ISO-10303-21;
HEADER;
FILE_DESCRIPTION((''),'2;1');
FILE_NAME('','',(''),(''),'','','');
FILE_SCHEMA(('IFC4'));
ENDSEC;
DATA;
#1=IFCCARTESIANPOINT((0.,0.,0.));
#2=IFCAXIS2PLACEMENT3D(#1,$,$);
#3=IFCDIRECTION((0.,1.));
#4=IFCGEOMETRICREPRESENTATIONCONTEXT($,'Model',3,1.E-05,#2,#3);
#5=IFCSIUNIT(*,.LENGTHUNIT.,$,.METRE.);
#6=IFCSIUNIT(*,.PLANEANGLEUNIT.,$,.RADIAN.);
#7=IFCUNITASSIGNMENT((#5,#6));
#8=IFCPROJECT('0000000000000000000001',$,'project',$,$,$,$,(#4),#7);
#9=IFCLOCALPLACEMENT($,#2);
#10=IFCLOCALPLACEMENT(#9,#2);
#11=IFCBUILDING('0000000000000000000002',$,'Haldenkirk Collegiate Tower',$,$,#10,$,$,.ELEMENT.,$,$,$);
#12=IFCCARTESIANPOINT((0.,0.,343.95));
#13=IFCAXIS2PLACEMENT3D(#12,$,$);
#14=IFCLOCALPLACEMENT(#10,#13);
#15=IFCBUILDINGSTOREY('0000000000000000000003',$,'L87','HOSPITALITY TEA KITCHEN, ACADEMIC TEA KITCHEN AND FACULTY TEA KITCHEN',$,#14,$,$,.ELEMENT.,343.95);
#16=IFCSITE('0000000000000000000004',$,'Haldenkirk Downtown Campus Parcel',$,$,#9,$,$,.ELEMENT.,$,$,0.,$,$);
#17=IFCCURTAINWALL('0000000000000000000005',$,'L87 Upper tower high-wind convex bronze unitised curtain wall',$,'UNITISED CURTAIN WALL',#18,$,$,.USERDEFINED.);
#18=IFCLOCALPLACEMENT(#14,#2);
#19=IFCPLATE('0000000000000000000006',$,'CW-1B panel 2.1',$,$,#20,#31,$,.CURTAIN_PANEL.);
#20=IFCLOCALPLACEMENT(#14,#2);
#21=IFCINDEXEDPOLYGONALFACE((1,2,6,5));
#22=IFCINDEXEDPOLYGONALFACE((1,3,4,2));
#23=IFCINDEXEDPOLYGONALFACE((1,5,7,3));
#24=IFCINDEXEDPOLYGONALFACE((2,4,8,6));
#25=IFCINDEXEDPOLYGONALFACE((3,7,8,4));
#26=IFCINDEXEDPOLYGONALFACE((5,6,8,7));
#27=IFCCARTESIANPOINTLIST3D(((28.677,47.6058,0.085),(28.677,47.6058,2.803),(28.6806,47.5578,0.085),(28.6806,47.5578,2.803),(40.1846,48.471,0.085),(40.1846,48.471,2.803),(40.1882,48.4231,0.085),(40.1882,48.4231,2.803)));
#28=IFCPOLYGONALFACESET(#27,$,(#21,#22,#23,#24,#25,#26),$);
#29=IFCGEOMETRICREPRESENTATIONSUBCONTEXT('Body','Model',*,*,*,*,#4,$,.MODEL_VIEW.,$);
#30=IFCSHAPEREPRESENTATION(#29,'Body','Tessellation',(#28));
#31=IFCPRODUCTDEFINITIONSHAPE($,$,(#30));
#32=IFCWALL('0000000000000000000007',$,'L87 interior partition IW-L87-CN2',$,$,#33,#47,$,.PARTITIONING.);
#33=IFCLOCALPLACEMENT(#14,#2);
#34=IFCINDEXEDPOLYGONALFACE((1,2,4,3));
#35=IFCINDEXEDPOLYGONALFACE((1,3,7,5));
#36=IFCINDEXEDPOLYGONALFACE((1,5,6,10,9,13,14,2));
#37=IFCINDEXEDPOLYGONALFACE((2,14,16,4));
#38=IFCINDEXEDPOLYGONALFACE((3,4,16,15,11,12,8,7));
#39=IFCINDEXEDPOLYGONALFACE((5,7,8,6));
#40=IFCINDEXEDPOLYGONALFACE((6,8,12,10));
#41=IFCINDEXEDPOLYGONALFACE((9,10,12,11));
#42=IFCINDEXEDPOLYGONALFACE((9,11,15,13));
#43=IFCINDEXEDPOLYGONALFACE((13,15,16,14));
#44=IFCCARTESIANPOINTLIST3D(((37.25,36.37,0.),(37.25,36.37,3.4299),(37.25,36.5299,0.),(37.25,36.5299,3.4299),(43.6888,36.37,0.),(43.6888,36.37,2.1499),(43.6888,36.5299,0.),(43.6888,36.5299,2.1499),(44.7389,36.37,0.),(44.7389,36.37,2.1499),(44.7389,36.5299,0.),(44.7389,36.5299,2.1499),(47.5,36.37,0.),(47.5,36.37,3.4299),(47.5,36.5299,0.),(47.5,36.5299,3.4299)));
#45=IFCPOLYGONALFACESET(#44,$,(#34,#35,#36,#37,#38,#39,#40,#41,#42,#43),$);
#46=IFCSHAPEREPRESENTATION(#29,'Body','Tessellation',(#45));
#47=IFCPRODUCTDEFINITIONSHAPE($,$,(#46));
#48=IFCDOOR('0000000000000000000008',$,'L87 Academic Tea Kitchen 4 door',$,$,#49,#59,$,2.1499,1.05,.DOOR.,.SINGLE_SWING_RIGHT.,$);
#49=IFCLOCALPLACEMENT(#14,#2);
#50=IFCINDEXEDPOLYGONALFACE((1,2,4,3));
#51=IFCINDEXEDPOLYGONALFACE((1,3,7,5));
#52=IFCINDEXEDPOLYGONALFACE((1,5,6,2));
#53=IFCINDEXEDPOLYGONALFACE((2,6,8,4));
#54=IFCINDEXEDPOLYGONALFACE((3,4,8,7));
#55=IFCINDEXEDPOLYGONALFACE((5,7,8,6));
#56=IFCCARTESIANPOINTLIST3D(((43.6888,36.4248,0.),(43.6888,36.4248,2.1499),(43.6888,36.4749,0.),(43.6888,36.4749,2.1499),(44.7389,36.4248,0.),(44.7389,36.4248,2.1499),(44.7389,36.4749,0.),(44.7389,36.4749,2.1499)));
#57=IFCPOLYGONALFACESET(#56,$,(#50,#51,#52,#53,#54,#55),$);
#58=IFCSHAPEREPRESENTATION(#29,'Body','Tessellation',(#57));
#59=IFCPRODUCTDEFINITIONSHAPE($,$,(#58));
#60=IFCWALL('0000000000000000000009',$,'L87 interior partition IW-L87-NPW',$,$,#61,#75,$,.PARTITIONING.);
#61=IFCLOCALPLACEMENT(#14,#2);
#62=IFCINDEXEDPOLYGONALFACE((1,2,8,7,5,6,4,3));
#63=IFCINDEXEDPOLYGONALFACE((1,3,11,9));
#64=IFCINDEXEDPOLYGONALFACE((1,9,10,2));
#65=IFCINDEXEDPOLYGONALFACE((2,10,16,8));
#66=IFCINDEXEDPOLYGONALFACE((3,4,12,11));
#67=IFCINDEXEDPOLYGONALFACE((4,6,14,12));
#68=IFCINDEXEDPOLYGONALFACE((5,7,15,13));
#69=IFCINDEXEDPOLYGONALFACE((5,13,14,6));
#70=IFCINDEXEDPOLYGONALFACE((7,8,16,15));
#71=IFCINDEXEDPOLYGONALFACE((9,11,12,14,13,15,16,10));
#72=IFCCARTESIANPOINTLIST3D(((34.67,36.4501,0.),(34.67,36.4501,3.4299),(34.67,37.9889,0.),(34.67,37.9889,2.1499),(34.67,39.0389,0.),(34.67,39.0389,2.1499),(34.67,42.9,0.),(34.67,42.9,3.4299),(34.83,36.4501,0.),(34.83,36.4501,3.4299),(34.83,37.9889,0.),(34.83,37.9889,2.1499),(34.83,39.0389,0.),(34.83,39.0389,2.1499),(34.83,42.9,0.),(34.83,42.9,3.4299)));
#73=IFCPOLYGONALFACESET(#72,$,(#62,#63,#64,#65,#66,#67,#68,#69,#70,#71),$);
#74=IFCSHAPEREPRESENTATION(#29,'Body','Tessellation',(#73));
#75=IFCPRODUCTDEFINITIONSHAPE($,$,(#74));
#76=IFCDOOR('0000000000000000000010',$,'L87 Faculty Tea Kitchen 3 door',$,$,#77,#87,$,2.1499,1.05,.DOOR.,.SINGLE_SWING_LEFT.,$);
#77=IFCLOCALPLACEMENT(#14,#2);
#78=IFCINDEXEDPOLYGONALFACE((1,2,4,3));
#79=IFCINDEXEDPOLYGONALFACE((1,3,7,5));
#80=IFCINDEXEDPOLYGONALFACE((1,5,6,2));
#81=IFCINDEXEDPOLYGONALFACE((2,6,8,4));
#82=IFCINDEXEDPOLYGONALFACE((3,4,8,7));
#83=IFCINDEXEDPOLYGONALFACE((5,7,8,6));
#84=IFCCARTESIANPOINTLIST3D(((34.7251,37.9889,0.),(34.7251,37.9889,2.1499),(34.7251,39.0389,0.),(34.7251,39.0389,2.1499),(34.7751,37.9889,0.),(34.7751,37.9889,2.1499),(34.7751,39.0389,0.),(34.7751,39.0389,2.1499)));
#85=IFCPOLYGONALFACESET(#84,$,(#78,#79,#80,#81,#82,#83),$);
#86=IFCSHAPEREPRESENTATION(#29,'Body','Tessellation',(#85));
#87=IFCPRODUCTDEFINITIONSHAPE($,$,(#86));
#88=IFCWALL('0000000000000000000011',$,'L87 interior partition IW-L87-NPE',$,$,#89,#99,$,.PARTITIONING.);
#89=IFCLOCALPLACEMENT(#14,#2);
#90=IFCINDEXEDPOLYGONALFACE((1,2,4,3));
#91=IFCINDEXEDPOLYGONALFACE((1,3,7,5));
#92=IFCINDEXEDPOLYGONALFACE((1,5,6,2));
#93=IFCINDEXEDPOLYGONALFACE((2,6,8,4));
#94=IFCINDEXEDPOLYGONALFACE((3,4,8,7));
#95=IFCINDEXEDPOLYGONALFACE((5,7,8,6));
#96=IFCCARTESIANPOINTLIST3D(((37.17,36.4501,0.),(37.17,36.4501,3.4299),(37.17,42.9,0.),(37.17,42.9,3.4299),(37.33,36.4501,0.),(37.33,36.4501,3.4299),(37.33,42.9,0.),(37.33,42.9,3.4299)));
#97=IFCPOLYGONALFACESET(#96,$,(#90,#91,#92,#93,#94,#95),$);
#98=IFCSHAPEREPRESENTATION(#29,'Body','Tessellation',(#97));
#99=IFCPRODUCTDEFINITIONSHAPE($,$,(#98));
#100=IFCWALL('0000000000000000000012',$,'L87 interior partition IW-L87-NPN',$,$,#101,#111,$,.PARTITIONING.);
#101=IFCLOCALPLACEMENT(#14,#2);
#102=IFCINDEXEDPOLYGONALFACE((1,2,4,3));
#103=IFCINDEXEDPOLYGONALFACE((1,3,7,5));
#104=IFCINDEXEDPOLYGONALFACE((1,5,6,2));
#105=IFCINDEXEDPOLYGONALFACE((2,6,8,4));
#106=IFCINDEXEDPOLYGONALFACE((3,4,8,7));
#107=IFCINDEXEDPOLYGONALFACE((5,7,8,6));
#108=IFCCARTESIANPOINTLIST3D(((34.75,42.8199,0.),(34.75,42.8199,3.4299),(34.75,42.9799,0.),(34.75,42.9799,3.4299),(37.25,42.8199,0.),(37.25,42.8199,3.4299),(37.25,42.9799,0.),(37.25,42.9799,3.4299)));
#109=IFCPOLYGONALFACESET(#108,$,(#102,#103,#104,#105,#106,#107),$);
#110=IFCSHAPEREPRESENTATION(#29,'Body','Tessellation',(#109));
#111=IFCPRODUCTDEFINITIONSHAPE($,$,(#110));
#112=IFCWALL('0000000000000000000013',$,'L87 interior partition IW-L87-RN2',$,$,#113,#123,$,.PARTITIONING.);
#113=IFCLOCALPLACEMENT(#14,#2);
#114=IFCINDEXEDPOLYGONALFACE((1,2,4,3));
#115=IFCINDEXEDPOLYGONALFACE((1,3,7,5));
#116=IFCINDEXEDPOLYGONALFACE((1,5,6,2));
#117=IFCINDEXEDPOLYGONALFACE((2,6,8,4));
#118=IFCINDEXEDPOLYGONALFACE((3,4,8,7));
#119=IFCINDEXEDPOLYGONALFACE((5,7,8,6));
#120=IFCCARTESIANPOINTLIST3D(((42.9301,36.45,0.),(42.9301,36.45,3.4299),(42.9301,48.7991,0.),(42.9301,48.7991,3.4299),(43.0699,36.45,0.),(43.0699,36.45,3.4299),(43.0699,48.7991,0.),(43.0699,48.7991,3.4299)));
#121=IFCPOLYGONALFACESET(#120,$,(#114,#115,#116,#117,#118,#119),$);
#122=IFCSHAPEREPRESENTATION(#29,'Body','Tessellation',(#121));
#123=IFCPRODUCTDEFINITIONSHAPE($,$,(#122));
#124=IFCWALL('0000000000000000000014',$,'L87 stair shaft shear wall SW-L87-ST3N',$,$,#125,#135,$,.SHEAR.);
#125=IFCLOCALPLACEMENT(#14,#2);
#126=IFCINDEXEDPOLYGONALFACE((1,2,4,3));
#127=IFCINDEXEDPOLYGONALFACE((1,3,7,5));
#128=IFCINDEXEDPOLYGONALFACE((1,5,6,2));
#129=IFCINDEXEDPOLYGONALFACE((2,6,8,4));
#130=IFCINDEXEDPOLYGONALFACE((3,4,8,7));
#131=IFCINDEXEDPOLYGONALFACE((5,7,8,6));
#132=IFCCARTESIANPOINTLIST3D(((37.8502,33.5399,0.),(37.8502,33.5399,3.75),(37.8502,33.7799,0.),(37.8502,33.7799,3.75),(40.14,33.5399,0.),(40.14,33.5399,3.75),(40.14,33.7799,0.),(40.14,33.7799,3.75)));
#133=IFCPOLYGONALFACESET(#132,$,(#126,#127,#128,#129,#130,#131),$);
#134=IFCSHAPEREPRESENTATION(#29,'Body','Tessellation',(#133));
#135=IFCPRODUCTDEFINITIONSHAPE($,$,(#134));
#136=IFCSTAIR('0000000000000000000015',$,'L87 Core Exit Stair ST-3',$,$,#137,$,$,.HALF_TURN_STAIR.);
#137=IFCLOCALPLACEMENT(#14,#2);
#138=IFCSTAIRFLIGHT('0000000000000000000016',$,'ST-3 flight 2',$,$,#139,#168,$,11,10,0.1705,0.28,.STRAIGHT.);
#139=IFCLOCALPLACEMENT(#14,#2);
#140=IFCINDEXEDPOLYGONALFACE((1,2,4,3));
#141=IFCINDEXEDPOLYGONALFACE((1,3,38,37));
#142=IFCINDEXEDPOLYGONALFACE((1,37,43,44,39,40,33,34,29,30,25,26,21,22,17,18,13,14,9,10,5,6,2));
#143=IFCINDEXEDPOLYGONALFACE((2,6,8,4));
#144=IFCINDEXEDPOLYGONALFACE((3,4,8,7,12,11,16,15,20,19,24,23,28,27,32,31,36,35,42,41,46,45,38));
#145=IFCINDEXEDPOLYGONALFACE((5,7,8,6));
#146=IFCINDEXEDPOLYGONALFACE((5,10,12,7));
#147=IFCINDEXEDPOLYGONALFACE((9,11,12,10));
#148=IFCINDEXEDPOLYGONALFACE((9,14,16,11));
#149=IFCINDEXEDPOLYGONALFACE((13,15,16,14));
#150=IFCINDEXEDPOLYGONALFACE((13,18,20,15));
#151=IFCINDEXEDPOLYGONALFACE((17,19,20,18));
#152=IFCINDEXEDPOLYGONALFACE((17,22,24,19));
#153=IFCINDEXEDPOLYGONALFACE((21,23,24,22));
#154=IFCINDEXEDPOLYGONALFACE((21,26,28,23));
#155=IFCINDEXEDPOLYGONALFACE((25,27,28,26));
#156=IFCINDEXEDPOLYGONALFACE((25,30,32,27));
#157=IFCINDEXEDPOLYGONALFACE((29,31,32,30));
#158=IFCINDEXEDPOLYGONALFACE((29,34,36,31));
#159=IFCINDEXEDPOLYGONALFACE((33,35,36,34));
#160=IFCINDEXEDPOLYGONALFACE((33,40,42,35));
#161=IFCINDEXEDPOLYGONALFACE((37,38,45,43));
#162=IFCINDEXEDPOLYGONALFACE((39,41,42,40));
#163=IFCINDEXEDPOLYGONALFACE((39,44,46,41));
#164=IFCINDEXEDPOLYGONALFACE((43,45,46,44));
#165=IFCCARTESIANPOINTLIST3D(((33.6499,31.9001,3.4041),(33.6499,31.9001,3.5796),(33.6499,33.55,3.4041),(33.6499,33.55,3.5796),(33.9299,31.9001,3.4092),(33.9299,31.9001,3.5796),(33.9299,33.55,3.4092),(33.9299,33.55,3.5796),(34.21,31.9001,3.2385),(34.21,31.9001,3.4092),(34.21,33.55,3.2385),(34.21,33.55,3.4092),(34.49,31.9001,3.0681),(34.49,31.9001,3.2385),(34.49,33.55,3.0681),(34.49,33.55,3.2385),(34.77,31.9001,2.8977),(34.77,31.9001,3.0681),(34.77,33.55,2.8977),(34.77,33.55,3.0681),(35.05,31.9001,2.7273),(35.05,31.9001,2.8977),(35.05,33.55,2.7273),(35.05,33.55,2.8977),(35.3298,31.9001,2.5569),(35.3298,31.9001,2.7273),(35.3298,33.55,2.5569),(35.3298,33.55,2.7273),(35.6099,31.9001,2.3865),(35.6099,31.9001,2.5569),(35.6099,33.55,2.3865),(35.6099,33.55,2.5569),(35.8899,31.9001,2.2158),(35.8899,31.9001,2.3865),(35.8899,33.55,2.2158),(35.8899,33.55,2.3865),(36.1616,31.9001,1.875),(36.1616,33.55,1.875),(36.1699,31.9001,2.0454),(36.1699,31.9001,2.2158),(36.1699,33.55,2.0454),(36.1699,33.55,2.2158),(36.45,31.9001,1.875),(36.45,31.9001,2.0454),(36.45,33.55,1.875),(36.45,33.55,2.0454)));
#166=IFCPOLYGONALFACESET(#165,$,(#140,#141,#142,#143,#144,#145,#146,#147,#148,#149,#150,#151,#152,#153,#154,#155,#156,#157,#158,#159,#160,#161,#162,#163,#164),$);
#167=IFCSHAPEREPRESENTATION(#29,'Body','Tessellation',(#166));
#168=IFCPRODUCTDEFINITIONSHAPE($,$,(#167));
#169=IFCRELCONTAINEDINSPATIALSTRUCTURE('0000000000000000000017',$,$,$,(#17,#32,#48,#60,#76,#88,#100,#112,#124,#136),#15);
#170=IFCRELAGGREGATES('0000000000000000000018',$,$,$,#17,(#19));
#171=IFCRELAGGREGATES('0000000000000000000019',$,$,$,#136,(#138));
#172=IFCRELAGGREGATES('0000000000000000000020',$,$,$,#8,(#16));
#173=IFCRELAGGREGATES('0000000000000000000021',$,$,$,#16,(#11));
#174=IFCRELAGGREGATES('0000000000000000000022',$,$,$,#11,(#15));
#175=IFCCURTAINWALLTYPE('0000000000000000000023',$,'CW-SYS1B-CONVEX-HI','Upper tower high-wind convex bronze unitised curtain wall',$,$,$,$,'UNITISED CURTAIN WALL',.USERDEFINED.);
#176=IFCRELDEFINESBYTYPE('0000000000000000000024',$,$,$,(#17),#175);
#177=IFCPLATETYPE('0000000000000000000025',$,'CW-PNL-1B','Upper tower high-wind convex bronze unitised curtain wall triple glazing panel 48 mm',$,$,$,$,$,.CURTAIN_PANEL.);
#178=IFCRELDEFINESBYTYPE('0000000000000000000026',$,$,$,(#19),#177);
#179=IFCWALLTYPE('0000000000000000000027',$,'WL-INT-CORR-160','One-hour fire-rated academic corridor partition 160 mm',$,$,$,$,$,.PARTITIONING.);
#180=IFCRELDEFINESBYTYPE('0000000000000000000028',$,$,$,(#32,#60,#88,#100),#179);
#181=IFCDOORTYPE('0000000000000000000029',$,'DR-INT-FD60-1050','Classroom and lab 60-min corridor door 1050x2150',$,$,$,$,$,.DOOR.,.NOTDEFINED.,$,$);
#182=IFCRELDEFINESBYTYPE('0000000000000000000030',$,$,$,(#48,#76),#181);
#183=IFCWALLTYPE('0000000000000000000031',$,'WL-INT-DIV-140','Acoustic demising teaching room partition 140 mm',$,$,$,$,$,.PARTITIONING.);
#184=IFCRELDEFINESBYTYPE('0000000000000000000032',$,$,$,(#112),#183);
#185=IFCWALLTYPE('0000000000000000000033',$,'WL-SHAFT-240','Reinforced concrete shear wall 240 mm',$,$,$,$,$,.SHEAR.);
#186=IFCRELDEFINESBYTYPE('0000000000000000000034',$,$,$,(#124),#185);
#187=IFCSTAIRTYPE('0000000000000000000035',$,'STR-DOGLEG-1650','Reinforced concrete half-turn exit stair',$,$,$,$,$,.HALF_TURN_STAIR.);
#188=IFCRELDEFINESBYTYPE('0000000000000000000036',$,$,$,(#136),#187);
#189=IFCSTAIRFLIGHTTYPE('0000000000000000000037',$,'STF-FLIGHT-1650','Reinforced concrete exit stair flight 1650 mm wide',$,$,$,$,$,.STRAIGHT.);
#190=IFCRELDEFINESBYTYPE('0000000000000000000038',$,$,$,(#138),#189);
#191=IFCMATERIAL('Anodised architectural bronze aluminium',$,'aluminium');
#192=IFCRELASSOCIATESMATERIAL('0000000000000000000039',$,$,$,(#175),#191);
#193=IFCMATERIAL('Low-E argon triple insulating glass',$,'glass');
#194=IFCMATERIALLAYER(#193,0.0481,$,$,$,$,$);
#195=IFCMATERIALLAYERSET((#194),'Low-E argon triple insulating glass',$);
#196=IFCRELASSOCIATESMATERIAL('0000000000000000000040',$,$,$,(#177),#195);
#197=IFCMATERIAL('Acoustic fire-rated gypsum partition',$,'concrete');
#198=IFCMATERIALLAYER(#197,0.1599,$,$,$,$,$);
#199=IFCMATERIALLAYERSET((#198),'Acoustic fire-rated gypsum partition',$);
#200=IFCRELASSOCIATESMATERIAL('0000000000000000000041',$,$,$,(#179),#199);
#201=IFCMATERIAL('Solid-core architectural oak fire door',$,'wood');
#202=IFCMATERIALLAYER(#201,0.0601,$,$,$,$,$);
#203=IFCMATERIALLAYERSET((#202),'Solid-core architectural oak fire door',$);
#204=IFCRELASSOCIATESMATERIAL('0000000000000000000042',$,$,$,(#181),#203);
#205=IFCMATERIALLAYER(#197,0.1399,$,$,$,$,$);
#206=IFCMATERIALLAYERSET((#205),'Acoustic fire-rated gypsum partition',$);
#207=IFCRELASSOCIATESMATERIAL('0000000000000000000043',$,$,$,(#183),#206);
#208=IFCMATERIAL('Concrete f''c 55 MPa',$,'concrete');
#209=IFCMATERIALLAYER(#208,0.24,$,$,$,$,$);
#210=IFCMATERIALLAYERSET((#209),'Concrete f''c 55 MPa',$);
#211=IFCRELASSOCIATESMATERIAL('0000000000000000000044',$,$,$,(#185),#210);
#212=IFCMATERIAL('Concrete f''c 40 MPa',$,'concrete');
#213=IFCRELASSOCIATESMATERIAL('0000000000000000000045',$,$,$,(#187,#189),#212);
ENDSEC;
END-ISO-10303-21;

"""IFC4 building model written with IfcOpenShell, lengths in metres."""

from ifc_helpers import new_model, si_unit, direction, frame, frame_2d, origin, origin_2d, place, context, subcontext, project, spatial, polyline, rectangle, outline, extrude, source, transform, mapped, material, layer, layer_set, type_object, element, fill, aggregate, save


model = new_model("IFC4")

# Units and contexts
model_context = context("Model", 3, precision=1e-05, world=origin(), true_north=direction((0.0, 1.0)))
body_context = subcontext(model_context, "Body", "Model", "MODEL_VIEW")
ifc_project = project(units=[si_unit("LENGTHUNIT", "METRE"), si_unit("PLANEANGLEUNIT", "RADIAN")], contexts=[model_context])

# Site, building, storey
site_placement = place(None, origin())
site = spatial("IfcSite", under=ifc_project, at=site_placement, Name="Haldenkirk Downtown Campus Parcel", CompositionType="ELEMENT", RefElevation=0.0)
building_placement = place(site_placement, origin())
building = spatial("IfcBuilding", under=site, at=building_placement, Name="Haldenkirk Collegiate Tower", CompositionType="ELEMENT")
storey_placement = place(building_placement, frame((0.0, 0.0, 343.95)))
storey = spatial("IfcBuildingStorey", under=building, at=storey_placement, Name="L87", Description="HOSPITALITY TEA KITCHEN, ACADEMIC TEA KITCHEN AND FACULTY TEA KITCHEN", CompositionType="ELEMENT", Elevation=343.95)

# Curtain wall, plate
ifc_material_1 = material(Name="Anodised architectural bronze aluminium", Category="aluminium")
curtain_wall_type = type_object("IfcCurtainWallType", Name="CW-SYS1B-CONVEX-HI", Description="Upper tower high-wind convex bronze unitised curtain wall", ElementType="UNITISED CURTAIN WALL", PredefinedType="USERDEFINED", material=ifc_material_1)
curtain_wall_placement = place(storey_placement, origin())
curtain_wall = element("IfcCurtainWall", 1, at=curtain_wall_placement, inside=storey, type_object=curtain_wall_type, Name="L87 Upper tower high-wind convex bronze unitised curtain wall", ObjectType="UNITISED CURTAIN WALL", PredefinedType="USERDEFINED")
ifc_material_2 = material(Name="Low-E argon triple insulating glass", Category="glass")
ifc_layer_1 = layer(ifc_material_2, 0.0481)
ifc_layer_set_1 = layer_set([ifc_layer_1], Name="Low-E argon triple insulating glass")
plate_type_1 = type_object("IfcPlateType", Name="CW-PNL-1B", Description="Upper tower high-wind convex bronze unitised curtain wall triple glazing panel 48 mm", PredefinedType="CURTAIN_PANEL", material=ifc_layer_set_1)
shared_shape_1 = source(origin(), body_context, "Body", "SweptSolid", [
    extrude(rectangle(XDim=11.54, YDim=0.0481, at=origin_2d()), origin(), (0.0, 0.0, 1.0), 2.718),
])
plate_1_placement = place(storey_placement, frame((34.4326, 48.0144, 0.085), z_axis=(0.0, 0.0, 1.0), x_axis=(0.997185, 0.074979, 0.0)))
plate_1 = element("IfcPlate", 2, at=plate_1_placement, type_object=plate_type_1, Name="CW-1B panel 2.1", PredefinedType="CURTAIN_PANEL", context=body_context, shape_type="MappedRepresentation", body=[
    mapped(shared_shape_1, transform((0.0, 0.0, 0.0), x_axis=(1.0, 0.0, 0.0), y_axis=(0.0, 1.0, 0.0), z_axis=(0.0, 0.0, 1.0), scale=1.0)),
])
aggregate(curtain_wall, [plate_1])

# Walls, openings, doors
ifc_material_3 = material(Name="Acoustic fire-rated gypsum partition", Category="concrete")
ifc_layer_2 = layer(ifc_material_3, 0.1599)
ifc_layer_set_2 = layer_set([ifc_layer_2], Name="Acoustic fire-rated gypsum partition")
wall_type_1 = type_object("IfcWallType", Name="WL-INT-CORR-160", Description="One-hour fire-rated academic corridor partition 160 mm", PredefinedType="PARTITIONING", material=ifc_layer_set_2)
wall_1_placement = place(storey_placement, frame((37.25, 36.45, 0.0), z_axis=(0.0, 0.0, 1.0), x_axis=(1.0, 0.0, 0.0)))
wall_1 = element("IfcWall", 3, at=wall_1_placement, inside=storey, type_object=wall_type_1, Name="L87 interior partition IW-L87-CN2", PredefinedType="PARTITIONING", context=body_context, shape_type="SweptSolid", body=[
    extrude(rectangle(XDim=10.25, YDim=0.1599, at=frame_2d((5.125, 0.0))), origin(), (0.0, 0.0, 1.0), 3.4299),
])
opening_1_placement = place(wall_1_placement, frame((6.439, 0.0, 0.0)))
opening_1 = element("IfcOpeningElement", 4, at=opening_1_placement, cuts=wall_1, PredefinedType="OPENING", context=body_context, shape_type="SweptSolid", body=[
    extrude(rectangle(XDim=1.05, YDim=2.1499, at=frame_2d((0.5249, 1.075))), frame((0.0, 0.0898, 0.0), z_axis=(0.0, -1.0, 0.0), x_axis=(1.0, 0.0, 0.0)), (0.0, 0.0, 1.0), 0.1799),
])
ifc_material_4 = material(Name="Solid-core architectural oak fire door", Category="wood")
ifc_layer_3 = layer(ifc_material_4, 0.0601)
ifc_layer_set_3 = layer_set([ifc_layer_3], Name="Solid-core architectural oak fire door")
door_type = type_object("IfcDoorType", Name="DR-INT-FD60-1050", Description="Classroom and lab 60-min corridor door 1050x2150", OperationType="NOTDEFINED", PredefinedType="DOOR", material=ifc_layer_set_3)
door_1_placement = place(opening_1_placement, origin())
door_1 = element("IfcDoor", 5, at=door_1_placement, inside=storey, type_object=door_type, Name="L87 Academic Tea Kitchen 4 door", OperationType="SINGLE_SWING_RIGHT", OverallHeight=2.1499, OverallWidth=1.05, PredefinedType="DOOR", context=body_context, shape_type="SweptSolid", body=[
    extrude(rectangle(XDim=1.05, YDim=2.1499, at=frame_2d((0.5249, 1.075))), frame((0.0, 0.0249, 0.0), z_axis=(0.0, -1.0, 0.0), x_axis=(1.0, 0.0, 0.0)), (0.0, 0.0, 1.0), 0.05),
])
fill(opening_1, door_1)
wall_2_placement = place(storey_placement, frame((34.75, 36.45, 0.0), z_axis=(0.0, 0.0, 1.0), x_axis=(0.0, 1.0, 0.0)))
wall_2 = element("IfcWall", 6, at=wall_2_placement, inside=storey, type_object=wall_type_1, Name="L87 interior partition IW-L87-NPW", PredefinedType="PARTITIONING", context=body_context, shape_type="SweptSolid", body=[
    extrude(rectangle(XDim=6.45, YDim=0.1599, at=frame_2d((3.2251, 0.0))), origin(), (0.0, 0.0, 1.0), 3.4299),
])
opening_2_placement = place(wall_2_placement, frame((1.5391, 0.0, 0.0)))
opening_2 = element("IfcOpeningElement", 7, at=opening_2_placement, cuts=wall_2, PredefinedType="OPENING", context=body_context, shape_type="SweptSolid", body=[
    extrude(rectangle(XDim=1.05, YDim=2.1499, at=frame_2d((0.5249, 1.075))), frame((0.0, 0.0898, 0.0), z_axis=(0.0, -1.0, 0.0), x_axis=(1.0, 0.0, 0.0)), (0.0, 0.0, 1.0), 0.1799),
])
door_2_placement = place(opening_2_placement, origin())
door_2 = element("IfcDoor", 8, at=door_2_placement, inside=storey, type_object=door_type, Name="L87 Faculty Tea Kitchen 3 door", OperationType="SINGLE_SWING_LEFT", OverallHeight=2.1499, OverallWidth=1.05, PredefinedType="DOOR", context=body_context, shape_type="SweptSolid", body=[
    extrude(rectangle(XDim=1.05, YDim=2.1499, at=frame_2d((0.5249, 1.075))), frame((0.0, 0.0249, 0.0), z_axis=(0.0, -1.0, 0.0), x_axis=(1.0, 0.0, 0.0)), (0.0, 0.0, 1.0), 0.05),
])
fill(opening_2, door_2)

# Walls
wall_3_placement = place(storey_placement, frame((37.25, 36.45, 0.0), z_axis=(0.0, 0.0, 1.0), x_axis=(0.0, 1.0, 0.0)))
element("IfcWall", 9, at=wall_3_placement, inside=storey, type_object=wall_type_1, Name="L87 interior partition IW-L87-NPE", PredefinedType="PARTITIONING", context=body_context, shape_type="SweptSolid", body=[
    extrude(rectangle(XDim=6.45, YDim=0.1599, at=frame_2d((3.2251, 0.0))), origin(), (0.0, 0.0, 1.0), 3.4299),
])
wall_4_placement = place(storey_placement, frame((34.75, 42.8999, 0.0), z_axis=(0.0, 0.0, 1.0), x_axis=(1.0, 0.0, 0.0)))
element("IfcWall", 10, at=wall_4_placement, inside=storey, type_object=wall_type_1, Name="L87 interior partition IW-L87-NPN", PredefinedType="PARTITIONING", context=body_context, shape_type="SweptSolid", body=[
    extrude(rectangle(XDim=2.5, YDim=0.1599, at=frame_2d((1.25, 0.0))), origin(), (0.0, 0.0, 1.0), 3.4299),
])
ifc_layer_4 = layer(ifc_material_3, 0.1399)
ifc_layer_set_4 = layer_set([ifc_layer_4], Name="Acoustic fire-rated gypsum partition")
wall_type_2 = type_object("IfcWallType", Name="WL-INT-DIV-140", Description="Acoustic demising teaching room partition 140 mm", PredefinedType="PARTITIONING", material=ifc_layer_set_4)
wall_5_placement = place(storey_placement, frame((43.0, 36.45, 0.0), z_axis=(0.0, 0.0, 1.0), x_axis=(0.0, 1.0, 0.0)))
element("IfcWall", 11, at=wall_5_placement, inside=storey, type_object=wall_type_2, Name="L87 interior partition IW-L87-RN2", PredefinedType="PARTITIONING", context=body_context, shape_type="SweptSolid", body=[
    extrude(rectangle(XDim=12.3491, YDim=0.1399, at=frame_2d((6.1746, 0.0))), origin(), (0.0, 0.0, 1.0), 3.4299),
])
ifc_material_5 = material(Name="Concrete f'c 55 MPa", Category="concrete")
ifc_layer_5 = layer(ifc_material_5, 0.24)
ifc_layer_set_5 = layer_set([ifc_layer_5], Name="Concrete f'c 55 MPa")
wall_type_3 = type_object("IfcWallType", Name="WL-SHAFT-240", Description="Reinforced concrete shear wall 240 mm", PredefinedType="SHEAR", material=ifc_layer_set_5)
wall_6_placement = place(storey_placement, frame((37.8501, 33.6599, 0.0), z_axis=(0.0, 0.0, 1.0), x_axis=(1.0, 0.0, 0.0)))
element("IfcWall", 12, at=wall_6_placement, inside=storey, type_object=wall_type_3, Name="L87 stair shaft shear wall SW-L87-ST3N", PredefinedType="SHEAR", context=body_context, shape_type="SweptSolid", body=[
    extrude(rectangle(XDim=2.2898, YDim=0.24, at=frame_2d((1.145, 0.0))), origin(), (0.0, 0.0, 1.0), 3.75),
])

# Stair, stair flight
ifc_material_6 = material(Name="Concrete f'c 40 MPa", Category="concrete")
stair_type = type_object("IfcStairType", Name="STR-DOGLEG-1650", Description="Reinforced concrete half-turn exit stair", PredefinedType="HALF_TURN_STAIR", material=ifc_material_6)
stair_placement = place(storey_placement, origin())
stair = element("IfcStair", 13, at=stair_placement, inside=storey, type_object=stair_type, Name="L87 Core Exit Stair ST-3", PredefinedType="HALF_TURN_STAIR")
stair_flight_type = type_object("IfcStairFlightType", Name="STF-FLIGHT-1650", Description="Reinforced concrete exit stair flight 1650 mm wide", PredefinedType="STRAIGHT", material=ifc_material_6)
stair_flight_placement = place(storey_placement, frame((36.45, 32.7251, 1.875), z_axis=(0.0, 0.0, 1.0), x_axis=(-1.0, 0.0, 0.0)))
stair_flight = element("IfcStairFlight", 14, at=stair_flight_placement, type_object=stair_flight_type, Name="ST-3 flight 2", NumberOfRisers=11, NumberOfTreads=10, PredefinedType="STRAIGHT", RiserHeight=0.1705, TreadLength=0.28, context=body_context, shape_type="SweptSolid", body=[
    extrude(outline(polyline([(0.0, 0.0), (0.0, 0.1704), (0.28, 0.1704), (0.28, 0.3408), (0.5601, 0.3408), (0.5601, 0.5115), (0.8401, 0.5115), (0.8401, 0.6819), (1.1201, 0.6819), (1.1201, 0.8523), (1.3999, 0.8523), (1.3999, 1.0227), (1.6799, 1.0227), (1.6799, 1.1931), (1.96, 1.1931), (1.96, 1.3635), (2.24, 1.3635), (2.24, 1.5342), (2.52, 1.5342), (2.52, 1.7046), (2.8, 1.7046), (2.8, 1.875), (2.8, 1.5291), (0.2883, 0.0), (0.0, 0.0)])), frame((0.0, 0.825, 0.0), z_axis=(0.0, -1.0, 0.0), x_axis=(1.0, 0.0, 0.0)), (0.0, 0.0, 1.0), 1.6499),
])
aggregate(stair, [stair_flight])

save(model, "model.ifc")
